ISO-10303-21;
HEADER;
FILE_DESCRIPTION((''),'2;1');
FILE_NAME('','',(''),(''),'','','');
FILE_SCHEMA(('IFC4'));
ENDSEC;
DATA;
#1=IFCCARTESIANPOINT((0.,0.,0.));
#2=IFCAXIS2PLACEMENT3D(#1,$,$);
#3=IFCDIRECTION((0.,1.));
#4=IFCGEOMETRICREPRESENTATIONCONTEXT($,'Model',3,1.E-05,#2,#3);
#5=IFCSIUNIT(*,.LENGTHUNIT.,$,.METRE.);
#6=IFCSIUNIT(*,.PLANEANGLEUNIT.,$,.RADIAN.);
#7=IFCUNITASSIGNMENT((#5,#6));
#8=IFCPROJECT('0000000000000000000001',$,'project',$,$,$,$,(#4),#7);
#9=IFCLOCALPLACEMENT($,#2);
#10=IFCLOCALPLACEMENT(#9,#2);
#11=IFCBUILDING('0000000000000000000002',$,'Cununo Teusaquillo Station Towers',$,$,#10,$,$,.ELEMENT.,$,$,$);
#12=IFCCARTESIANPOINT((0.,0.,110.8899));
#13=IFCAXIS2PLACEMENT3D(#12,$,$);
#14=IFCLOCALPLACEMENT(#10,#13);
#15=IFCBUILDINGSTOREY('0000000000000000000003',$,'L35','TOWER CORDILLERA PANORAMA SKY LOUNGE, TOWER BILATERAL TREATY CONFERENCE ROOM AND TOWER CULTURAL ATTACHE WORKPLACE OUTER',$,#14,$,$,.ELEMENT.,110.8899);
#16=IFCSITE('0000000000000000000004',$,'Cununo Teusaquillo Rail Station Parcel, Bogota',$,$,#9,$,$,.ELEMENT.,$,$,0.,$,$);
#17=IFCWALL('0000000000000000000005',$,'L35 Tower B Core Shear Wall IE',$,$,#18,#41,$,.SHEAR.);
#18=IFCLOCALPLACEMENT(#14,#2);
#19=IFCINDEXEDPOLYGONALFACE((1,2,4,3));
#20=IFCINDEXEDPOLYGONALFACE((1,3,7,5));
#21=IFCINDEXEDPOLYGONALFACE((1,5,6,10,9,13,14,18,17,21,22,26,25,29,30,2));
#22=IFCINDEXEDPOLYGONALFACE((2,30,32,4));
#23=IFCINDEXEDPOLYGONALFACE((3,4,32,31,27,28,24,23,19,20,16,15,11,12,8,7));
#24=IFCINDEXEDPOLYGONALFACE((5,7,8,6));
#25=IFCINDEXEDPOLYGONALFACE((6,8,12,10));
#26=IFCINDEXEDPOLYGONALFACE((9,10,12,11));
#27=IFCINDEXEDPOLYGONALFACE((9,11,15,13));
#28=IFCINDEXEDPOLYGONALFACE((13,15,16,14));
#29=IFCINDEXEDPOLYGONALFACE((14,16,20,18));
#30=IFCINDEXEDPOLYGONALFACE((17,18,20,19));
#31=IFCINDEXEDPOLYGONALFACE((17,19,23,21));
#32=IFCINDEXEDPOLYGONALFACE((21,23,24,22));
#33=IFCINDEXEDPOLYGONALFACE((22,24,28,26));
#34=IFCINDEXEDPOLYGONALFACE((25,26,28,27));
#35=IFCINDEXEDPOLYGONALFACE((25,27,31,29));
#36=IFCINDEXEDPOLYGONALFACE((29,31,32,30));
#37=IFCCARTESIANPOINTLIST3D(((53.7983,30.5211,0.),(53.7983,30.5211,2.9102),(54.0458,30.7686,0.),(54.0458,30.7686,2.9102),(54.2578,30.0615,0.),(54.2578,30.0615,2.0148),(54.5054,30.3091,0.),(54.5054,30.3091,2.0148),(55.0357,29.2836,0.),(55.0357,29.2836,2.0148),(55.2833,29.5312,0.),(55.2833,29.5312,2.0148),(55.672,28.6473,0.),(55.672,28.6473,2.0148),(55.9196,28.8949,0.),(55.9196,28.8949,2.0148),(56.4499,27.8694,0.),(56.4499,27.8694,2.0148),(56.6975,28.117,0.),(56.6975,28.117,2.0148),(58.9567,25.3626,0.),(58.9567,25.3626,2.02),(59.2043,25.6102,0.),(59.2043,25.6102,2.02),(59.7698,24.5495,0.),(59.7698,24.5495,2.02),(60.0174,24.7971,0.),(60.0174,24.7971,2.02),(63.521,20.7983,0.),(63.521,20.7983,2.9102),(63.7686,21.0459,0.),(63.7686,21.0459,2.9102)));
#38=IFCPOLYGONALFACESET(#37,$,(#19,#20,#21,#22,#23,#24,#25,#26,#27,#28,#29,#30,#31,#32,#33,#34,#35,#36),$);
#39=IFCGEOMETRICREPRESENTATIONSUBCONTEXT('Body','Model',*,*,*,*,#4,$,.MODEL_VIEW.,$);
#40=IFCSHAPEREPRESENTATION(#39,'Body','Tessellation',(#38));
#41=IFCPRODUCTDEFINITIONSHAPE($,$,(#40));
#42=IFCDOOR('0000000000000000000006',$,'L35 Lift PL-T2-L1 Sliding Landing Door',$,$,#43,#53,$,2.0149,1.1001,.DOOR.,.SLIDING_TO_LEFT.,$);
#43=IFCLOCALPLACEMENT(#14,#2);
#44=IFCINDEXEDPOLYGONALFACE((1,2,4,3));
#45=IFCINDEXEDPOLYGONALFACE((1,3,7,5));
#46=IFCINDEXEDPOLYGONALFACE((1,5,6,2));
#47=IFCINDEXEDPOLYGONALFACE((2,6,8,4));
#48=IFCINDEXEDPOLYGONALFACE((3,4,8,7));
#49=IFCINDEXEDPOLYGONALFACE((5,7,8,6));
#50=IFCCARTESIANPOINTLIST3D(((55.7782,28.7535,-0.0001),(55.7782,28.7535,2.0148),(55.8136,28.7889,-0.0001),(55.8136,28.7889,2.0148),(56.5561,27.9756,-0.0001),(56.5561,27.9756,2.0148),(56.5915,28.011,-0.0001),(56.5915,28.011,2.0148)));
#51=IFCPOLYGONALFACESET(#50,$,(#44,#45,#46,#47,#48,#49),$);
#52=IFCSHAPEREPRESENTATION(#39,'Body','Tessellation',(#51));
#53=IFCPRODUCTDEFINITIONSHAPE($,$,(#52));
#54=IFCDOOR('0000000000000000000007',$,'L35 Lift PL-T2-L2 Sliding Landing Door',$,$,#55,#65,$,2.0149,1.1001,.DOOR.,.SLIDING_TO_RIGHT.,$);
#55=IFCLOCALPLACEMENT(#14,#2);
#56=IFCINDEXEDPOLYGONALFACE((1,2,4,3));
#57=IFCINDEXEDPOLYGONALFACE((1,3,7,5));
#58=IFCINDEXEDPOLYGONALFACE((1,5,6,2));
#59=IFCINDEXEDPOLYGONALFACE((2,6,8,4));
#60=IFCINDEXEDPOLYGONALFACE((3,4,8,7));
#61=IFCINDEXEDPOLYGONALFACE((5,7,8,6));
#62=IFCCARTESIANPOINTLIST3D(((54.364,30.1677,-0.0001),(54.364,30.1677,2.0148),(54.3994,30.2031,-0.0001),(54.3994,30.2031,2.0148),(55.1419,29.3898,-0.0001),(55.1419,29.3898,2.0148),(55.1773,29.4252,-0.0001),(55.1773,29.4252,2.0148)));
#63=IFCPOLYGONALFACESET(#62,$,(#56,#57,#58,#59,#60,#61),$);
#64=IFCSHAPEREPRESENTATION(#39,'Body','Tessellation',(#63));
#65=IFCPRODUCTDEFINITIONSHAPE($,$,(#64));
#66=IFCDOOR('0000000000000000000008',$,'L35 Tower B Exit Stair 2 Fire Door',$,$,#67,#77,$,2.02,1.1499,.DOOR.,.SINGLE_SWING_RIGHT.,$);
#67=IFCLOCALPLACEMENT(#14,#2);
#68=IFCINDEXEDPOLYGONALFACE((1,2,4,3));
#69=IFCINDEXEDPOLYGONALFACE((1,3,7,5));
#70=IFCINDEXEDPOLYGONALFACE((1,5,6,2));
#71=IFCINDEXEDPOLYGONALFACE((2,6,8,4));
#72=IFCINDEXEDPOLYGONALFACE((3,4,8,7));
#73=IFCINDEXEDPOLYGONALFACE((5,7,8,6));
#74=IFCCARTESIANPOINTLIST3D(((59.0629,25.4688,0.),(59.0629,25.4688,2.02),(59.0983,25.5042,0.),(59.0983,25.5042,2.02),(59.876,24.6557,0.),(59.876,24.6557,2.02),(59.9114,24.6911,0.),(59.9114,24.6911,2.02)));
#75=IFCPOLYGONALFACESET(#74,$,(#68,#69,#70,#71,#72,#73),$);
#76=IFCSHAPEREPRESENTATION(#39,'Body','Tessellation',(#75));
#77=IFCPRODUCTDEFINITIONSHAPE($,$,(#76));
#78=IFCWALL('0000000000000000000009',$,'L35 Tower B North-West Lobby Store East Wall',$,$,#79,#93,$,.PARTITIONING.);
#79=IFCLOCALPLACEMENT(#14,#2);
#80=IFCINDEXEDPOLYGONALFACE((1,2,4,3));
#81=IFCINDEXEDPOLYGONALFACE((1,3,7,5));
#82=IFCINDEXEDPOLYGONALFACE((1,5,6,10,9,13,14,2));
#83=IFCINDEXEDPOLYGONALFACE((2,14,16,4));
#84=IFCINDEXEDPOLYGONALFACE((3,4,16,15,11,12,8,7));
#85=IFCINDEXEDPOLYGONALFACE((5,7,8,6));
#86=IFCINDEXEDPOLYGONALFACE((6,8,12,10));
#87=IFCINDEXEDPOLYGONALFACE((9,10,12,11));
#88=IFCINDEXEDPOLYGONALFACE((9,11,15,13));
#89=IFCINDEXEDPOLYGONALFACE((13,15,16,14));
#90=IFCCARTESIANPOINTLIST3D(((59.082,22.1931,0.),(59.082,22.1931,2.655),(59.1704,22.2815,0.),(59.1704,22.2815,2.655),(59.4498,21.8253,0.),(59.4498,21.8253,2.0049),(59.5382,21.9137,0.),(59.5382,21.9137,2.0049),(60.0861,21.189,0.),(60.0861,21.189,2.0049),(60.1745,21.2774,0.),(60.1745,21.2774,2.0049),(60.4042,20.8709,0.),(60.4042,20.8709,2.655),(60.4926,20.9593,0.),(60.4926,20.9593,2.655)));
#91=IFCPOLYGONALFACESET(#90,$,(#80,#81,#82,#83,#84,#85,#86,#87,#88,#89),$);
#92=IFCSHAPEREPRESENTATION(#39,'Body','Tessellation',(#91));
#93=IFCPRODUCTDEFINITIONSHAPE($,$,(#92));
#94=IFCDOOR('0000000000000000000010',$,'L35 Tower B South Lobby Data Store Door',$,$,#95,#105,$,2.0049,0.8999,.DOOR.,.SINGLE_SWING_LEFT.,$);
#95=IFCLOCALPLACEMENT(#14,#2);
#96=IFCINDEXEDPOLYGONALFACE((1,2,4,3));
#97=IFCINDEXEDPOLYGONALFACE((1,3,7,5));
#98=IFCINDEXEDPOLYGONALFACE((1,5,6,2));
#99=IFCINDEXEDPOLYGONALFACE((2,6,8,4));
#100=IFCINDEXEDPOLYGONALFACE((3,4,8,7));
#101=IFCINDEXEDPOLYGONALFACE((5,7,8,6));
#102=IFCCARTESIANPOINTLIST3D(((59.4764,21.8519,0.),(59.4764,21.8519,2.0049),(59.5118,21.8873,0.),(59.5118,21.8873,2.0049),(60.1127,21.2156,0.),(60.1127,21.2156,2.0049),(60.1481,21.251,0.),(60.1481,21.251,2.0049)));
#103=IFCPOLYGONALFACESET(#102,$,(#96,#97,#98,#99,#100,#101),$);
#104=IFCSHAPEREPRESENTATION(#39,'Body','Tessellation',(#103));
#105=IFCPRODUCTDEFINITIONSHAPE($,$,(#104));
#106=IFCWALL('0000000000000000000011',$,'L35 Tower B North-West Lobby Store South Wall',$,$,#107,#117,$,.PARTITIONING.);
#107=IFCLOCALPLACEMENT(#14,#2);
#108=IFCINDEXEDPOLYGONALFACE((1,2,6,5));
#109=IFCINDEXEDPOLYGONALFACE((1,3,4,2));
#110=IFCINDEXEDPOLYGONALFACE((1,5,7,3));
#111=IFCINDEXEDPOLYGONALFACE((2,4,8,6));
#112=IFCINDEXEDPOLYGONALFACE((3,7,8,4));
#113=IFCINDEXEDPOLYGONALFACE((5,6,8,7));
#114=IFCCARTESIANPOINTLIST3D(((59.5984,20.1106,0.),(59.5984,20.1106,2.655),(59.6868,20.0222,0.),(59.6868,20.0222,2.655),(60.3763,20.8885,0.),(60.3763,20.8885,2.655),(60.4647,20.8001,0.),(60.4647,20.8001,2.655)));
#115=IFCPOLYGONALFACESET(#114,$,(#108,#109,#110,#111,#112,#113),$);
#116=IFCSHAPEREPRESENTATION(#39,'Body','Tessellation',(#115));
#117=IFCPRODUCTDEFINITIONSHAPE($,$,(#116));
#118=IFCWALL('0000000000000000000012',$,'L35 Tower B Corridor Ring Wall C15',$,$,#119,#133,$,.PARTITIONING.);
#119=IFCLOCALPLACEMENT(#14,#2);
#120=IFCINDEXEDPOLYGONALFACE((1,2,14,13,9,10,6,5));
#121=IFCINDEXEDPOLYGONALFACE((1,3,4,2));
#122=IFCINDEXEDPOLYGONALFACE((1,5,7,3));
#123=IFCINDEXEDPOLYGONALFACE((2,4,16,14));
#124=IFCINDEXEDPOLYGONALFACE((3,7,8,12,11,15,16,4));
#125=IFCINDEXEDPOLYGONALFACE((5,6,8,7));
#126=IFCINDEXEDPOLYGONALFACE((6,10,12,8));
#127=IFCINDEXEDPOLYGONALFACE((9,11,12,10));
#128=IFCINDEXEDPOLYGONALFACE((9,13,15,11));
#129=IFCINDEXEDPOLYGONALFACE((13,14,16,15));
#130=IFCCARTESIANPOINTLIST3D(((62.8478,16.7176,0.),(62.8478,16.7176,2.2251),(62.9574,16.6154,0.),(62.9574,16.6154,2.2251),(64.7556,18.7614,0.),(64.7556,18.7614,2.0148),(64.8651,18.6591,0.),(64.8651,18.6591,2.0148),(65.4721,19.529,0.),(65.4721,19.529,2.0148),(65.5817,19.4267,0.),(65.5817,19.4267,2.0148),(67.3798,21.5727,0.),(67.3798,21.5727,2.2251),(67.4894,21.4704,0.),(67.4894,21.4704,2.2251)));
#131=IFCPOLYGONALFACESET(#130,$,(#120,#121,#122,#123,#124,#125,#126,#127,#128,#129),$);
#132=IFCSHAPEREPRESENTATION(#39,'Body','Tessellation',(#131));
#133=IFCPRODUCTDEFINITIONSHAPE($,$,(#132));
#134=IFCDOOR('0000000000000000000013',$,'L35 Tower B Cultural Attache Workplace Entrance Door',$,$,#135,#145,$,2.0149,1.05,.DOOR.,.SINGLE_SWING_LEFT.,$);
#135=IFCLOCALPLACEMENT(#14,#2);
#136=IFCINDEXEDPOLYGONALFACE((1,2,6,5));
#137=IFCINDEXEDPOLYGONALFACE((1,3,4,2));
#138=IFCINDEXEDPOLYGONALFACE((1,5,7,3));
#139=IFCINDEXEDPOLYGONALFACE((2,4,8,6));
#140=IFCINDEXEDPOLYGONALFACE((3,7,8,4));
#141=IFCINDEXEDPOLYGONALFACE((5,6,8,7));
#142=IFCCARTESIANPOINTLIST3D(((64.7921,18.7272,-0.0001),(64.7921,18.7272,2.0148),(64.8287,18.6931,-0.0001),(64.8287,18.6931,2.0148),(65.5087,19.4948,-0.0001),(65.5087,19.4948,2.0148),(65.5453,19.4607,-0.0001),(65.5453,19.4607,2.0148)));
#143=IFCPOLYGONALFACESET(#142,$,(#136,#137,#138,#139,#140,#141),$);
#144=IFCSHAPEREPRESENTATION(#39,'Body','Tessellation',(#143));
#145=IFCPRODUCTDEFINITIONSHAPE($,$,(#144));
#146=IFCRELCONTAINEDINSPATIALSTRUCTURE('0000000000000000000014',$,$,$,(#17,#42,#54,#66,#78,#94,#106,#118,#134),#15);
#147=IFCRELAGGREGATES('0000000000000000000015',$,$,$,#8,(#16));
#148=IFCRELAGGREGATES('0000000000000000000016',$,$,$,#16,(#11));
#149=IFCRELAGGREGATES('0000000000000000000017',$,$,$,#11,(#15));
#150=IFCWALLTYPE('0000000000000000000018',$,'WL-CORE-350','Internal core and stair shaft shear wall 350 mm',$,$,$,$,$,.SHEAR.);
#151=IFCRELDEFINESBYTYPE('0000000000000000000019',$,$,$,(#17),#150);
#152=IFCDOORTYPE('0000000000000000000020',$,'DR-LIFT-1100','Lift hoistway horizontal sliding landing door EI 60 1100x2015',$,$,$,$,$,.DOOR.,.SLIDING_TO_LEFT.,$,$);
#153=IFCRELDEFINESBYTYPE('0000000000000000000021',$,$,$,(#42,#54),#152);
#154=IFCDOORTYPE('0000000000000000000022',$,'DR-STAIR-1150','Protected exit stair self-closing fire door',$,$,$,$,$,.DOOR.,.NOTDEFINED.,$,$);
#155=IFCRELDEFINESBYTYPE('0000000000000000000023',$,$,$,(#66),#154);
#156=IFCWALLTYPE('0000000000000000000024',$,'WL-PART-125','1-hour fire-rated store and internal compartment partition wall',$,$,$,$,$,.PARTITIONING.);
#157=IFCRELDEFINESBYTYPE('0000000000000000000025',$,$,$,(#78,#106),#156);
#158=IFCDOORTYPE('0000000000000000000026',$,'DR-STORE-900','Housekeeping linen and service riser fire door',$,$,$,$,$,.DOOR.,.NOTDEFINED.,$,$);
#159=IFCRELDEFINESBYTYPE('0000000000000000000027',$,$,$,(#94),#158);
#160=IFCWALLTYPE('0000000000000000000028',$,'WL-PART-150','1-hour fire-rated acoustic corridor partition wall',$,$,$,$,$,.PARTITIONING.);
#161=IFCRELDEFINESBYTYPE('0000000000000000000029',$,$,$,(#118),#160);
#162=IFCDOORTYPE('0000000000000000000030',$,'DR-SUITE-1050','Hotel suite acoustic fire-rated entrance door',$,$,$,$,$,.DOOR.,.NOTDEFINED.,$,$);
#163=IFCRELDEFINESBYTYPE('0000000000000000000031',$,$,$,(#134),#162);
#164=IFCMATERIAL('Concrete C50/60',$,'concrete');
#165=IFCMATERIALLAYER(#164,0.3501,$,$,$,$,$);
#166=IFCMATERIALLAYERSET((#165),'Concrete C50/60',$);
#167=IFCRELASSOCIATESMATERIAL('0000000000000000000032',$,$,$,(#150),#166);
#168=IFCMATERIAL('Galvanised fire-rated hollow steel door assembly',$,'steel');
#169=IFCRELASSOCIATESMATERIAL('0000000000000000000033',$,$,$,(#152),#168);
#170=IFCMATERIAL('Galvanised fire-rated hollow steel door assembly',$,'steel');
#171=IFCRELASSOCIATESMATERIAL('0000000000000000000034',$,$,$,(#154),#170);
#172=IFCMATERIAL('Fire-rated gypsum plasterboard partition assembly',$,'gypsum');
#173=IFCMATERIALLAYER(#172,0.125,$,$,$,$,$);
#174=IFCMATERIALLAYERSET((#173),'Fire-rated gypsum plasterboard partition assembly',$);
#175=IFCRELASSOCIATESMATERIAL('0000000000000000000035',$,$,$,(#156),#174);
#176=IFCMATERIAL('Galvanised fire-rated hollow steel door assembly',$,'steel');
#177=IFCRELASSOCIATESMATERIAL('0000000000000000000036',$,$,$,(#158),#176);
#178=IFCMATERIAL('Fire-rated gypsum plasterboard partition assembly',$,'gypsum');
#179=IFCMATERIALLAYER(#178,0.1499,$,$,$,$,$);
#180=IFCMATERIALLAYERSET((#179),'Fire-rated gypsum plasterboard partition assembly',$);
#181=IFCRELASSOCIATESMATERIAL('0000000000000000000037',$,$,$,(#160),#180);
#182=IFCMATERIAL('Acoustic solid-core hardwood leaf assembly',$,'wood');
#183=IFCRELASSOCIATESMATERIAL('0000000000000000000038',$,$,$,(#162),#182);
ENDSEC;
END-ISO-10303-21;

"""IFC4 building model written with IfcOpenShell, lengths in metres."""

from ifc_helpers import new_model, si_unit, direction, frame, frame_2d, origin, place, context, subcontext, project, spatial, rectangle, extrude, source, transform, mapped, material, layer, layer_set, type_object, element, fill, save


model = new_model("IFC4")

# Units and contexts
model_context = context("Model", 3, precision=1e-05, world=origin(), true_north=direction((0.0, 1.0)))
body_context = subcontext(model_context, "Body", "Model", "MODEL_VIEW")
ifc_project = project(units=[si_unit("LENGTHUNIT", "METRE"), si_unit("PLANEANGLEUNIT", "RADIAN")], contexts=[model_context])

# Site, building, storey
site_placement = place(None, origin())
site = spatial("IfcSite", under=ifc_project, at=site_placement, Name="Cununo Teusaquillo Rail Station Parcel, Bogota", CompositionType="ELEMENT", RefElevation=0.0)
building_placement = place(site_placement, origin())
building = spatial("IfcBuilding", under=site, at=building_placement, Name="Cununo Teusaquillo Station Towers", CompositionType="ELEMENT")
storey_placement = place(building_placement, frame((0.0, 0.0, 110.8899)))
storey = spatial("IfcBuildingStorey", under=building, at=storey_placement, Name="L35", Description="TOWER CORDILLERA PANORAMA SKY LOUNGE, TOWER BILATERAL TREATY CONFERENCE ROOM AND TOWER CULTURAL ATTACHE WORKPLACE OUTER", CompositionType="ELEMENT", Elevation=110.8899)

# Wall, openings, doors
ifc_material_1 = material(Name="Concrete C50/60", Category="concrete")
ifc_layer_1 = layer(ifc_material_1, 0.3501)
ifc_layer_set_1 = layer_set([ifc_layer_1], Name="Concrete C50/60")
wall_type_1 = type_object("IfcWallType", Name="WL-CORE-350", Description="Internal core and stair shaft shear wall 350 mm", PredefinedType="SHEAR", material=ifc_layer_set_1)
shared_shape_1 = source(origin(), body_context, "Body", "SweptSolid", [
    extrude(rectangle(XDim=1.1001, YDim=2.0149, at=frame_2d((0.55, 1.0073))), frame((0.0, 0.1851, 0.0), z_axis=(0.0, -1.0, 0.0), x_axis=(1.0, 0.0, 0.0)), (0.0, 0.0, 1.0), 0.3701),
])
shared_shape_2 = source(origin(), body_context, "Body", "SweptSolid", [
    extrude(rectangle(XDim=1.1499, YDim=2.02, at=frame_2d((0.575, 1.01))), frame((0.0, 0.1851, 0.0), z_axis=(0.0, -1.0, 0.0), x_axis=(1.0, 0.0, 0.0)), (0.0, 0.0, 1.0), 0.3701),
])
ifc_material_2 = material(Name="Galvanised fire-rated hollow steel door assembly", Category="steel")
door_type_1 = type_object("IfcDoorType", Name="DR-LIFT-1100", Description="Lift hoistway horizontal sliding landing door EI 60 1100x2015", OperationType="SLIDING_TO_LEFT", PredefinedType="DOOR", material=ifc_material_2)
shared_shape_3 = source(origin(), body_context, "Body", "SweptSolid", [
    extrude(rectangle(XDim=1.1001, YDim=2.0149, at=frame_2d((0.55, 1.0073))), frame((0.0, 0.0249, 0.0), z_axis=(0.0, -1.0, 0.0), x_axis=(1.0, 0.0, 0.0)), (0.0, 0.0, 1.0), 0.05),
])
ifc_material_3 = material(Name="Galvanised fire-rated hollow steel door assembly", Category="steel")
door_type_2 = type_object("IfcDoorType", Name="DR-STAIR-1150", Description="Protected exit stair self-closing fire door", OperationType="NOTDEFINED", PredefinedType="DOOR", material=ifc_material_3)
shared_shape_4 = source(origin(), body_context, "Body", "SweptSolid", [
    extrude(rectangle(XDim=1.1499, YDim=2.02, at=frame_2d((0.575, 1.01))), frame((0.0, 0.0249, 0.0), z_axis=(0.0, -1.0, 0.0), x_axis=(1.0, 0.0, 0.0)), (0.0, 0.0, 1.0), 0.05),
])
wall_1_placement = place(storey_placement, frame((63.6448, 20.9221, 0.0), z_axis=(0.0, 0.0, 1.0), x_axis=(-0.707107, 0.707107, 0.0)))
wall_1 = element("IfcWall", 1, at=wall_1_placement, inside=storey, type_object=wall_type_1, Name="L35 Tower B Core Shear Wall IE", PredefinedType="SHEAR", context=body_context, shape_type="SweptSolid", body=[
    extrude(rectangle(XDim=13.75, YDim=0.3501, at=frame_2d((6.875, 0.0))), origin(), (0.0, 0.0, 1.0), 2.9102),
])
opening_1_placement = place(wall_1_placement, frame((10.0, 0.0, 0.0)))
opening_1 = element("IfcOpeningElement", 2, at=opening_1_placement, cuts=wall_1, PredefinedType="OPENING", context=body_context, shape_type="MappedRepresentation", body=[
    mapped(shared_shape_1, transform((0.0, 0.0, 0.0), x_axis=(1.0, 0.0, 0.0), y_axis=(0.0, 1.0, 0.0), z_axis=(0.0, 0.0, 1.0), scale=1.0)),
])
opening_2_placement = place(wall_1_placement, frame((12.0, 0.0, 0.0)))
opening_2 = element("IfcOpeningElement", 3, at=opening_2_placement, cuts=wall_1, PredefinedType="OPENING", context=body_context, shape_type="MappedRepresentation", body=[
    mapped(shared_shape_1, transform((0.0, 0.0, 0.0), x_axis=(1.0, 0.0, 0.0), y_axis=(0.0, 1.0, 0.0), z_axis=(0.0, 0.0, 1.0), scale=1.0)),
])
opening_3_placement = place(wall_1_placement, frame((5.3049, 0.0, 0.0)))
opening_3 = element("IfcOpeningElement", 4, at=opening_3_placement, cuts=wall_1, PredefinedType="OPENING", context=body_context, shape_type="MappedRepresentation", body=[
    mapped(shared_shape_2, transform((0.0, 0.0, 0.0), x_axis=(1.0, 0.0, 0.0), y_axis=(0.0, 1.0, 0.0), z_axis=(0.0, 0.0, 1.0), scale=1.0)),
])
door_1_placement = place(opening_1_placement, origin())
door_1 = element("IfcDoor", 5, at=door_1_placement, inside=storey, type_object=door_type_1, Name="L35 Lift PL-T2-L1 Sliding Landing Door", OperationType="SLIDING_TO_LEFT", OverallHeight=2.0149, OverallWidth=1.1001, PredefinedType="DOOR", context=body_context, shape_type="MappedRepresentation", body=[
    mapped(shared_shape_3, transform((0.0, 0.0, 0.0), x_axis=(1.0, 0.0, 0.0), y_axis=(0.0, 1.0, 0.0), z_axis=(0.0, 0.0, 1.0), scale=1.0)),
])
fill(opening_1, door_1)
door_2_placement = place(opening_2_placement, origin())
door_2 = element("IfcDoor", 6, at=door_2_placement, inside=storey, type_object=door_type_1, Name="L35 Lift PL-T2-L2 Sliding Landing Door", OperationType="SLIDING_TO_RIGHT", OverallHeight=2.0149, OverallWidth=1.1001, PredefinedType="DOOR", context=body_context, shape_type="MappedRepresentation", body=[
    mapped(shared_shape_3, transform((0.0, 0.0, 0.0), x_axis=(1.0, 0.0, 0.0), y_axis=(0.0, 1.0, 0.0), z_axis=(0.0, 0.0, 1.0), scale=1.0)),
])
fill(opening_2, door_2)
door_3_placement = place(opening_3_placement, origin())
door_3 = element("IfcDoor", 7, at=door_3_placement, inside=storey, type_object=door_type_2, Name="L35 Tower B Exit Stair 2 Fire Door", OperationType="SINGLE_SWING_RIGHT", OverallHeight=2.02, OverallWidth=1.1499, PredefinedType="DOOR", context=body_context, shape_type="MappedRepresentation", body=[
    mapped(shared_shape_4, transform((0.0, 0.0, 0.0), x_axis=(1.0, 0.0, 0.0), y_axis=(0.0, 1.0, 0.0), z_axis=(0.0, 0.0, 1.0), scale=1.0)),
])
fill(opening_3, door_3)

# Wall, opening, door
ifc_material_4 = material(Name="Fire-rated gypsum plasterboard partition assembly", Category="gypsum")
ifc_layer_2 = layer(ifc_material_4, 0.125)
ifc_layer_set_2 = layer_set([ifc_layer_2], Name="Fire-rated gypsum plasterboard partition assembly")
wall_type_2 = type_object("IfcWallType", Name="WL-PART-125", Description="1-hour fire-rated store and internal compartment partition wall", PredefinedType="PARTITIONING", material=ifc_layer_set_2)
wall_2_placement = place(storey_placement, frame((60.4485, 20.915, 0.0), z_axis=(0.0, 0.0, 1.0), x_axis=(-0.707107, 0.707107, 0.0)))
wall_2 = element("IfcWall", 8, at=wall_2_placement, inside=storey, type_object=wall_type_2, Name="L35 Tower B North-West Lobby Store East Wall", PredefinedType="PARTITIONING", context=body_context, shape_type="SweptSolid", body=[
    extrude(rectangle(XDim=1.8699, YDim=0.125, at=frame_2d((0.9351, 0.0))), origin(), (0.0, 0.0, 1.0), 2.655),
])
shared_shape_5 = source(origin(), body_context, "Body", "SweptSolid", [
    extrude(rectangle(XDim=0.8999, YDim=2.0049, at=frame_2d((0.45, 1.0024))), frame((0.0, 0.0725, 0.0), z_axis=(0.0, -1.0, 0.0), x_axis=(1.0, 0.0, 0.0)), (0.0, 0.0, 1.0), 0.145),
])
opening_4_placement = place(wall_2_placement, frame((0.45, 0.0, 0.0)))
opening_4 = element("IfcOpeningElement", 9, at=opening_4_placement, cuts=wall_2, PredefinedType="OPENING", context=body_context, shape_type="MappedRepresentation", body=[
    mapped(shared_shape_5, transform((0.0, 0.0, 0.0), x_axis=(1.0, 0.0, 0.0), y_axis=(0.0, 1.0, 0.0), z_axis=(0.0, 0.0, 1.0), scale=1.0)),
])
ifc_material_5 = material(Name="Galvanised fire-rated hollow steel door assembly", Category="steel")
door_type_3 = type_object("IfcDoorType", Name="DR-STORE-900", Description="Housekeeping linen and service riser fire door", OperationType="NOTDEFINED", PredefinedType="DOOR", material=ifc_material_5)
shared_shape_6 = source(origin(), body_context, "Body", "SweptSolid", [
    extrude(rectangle(XDim=0.8999, YDim=2.0049, at=frame_2d((0.45, 1.0024))), frame((0.0, 0.0249, 0.0), z_axis=(0.0, -1.0, 0.0), x_axis=(1.0, 0.0, 0.0)), (0.0, 0.0, 1.0), 0.05),
])
door_4_placement = place(opening_4_placement, origin())
door_4 = element("IfcDoor", 10, at=door_4_placement, inside=storey, type_object=door_type_3, Name="L35 Tower B South Lobby Data Store Door", OperationType="SINGLE_SWING_LEFT", OverallHeight=2.0049, OverallWidth=0.8999, PredefinedType="DOOR", context=body_context, shape_type="MappedRepresentation", body=[
    mapped(shared_shape_6, transform((0.0, 0.0, 0.0), x_axis=(1.0, 0.0, 0.0), y_axis=(0.0, 1.0, 0.0), z_axis=(0.0, 0.0, 1.0), scale=1.0)),
])
fill(opening_4, door_4)

# Wall
wall_3_placement = place(storey_placement, frame((59.6426, 20.0664, 0.0), z_axis=(0.0, 0.0, 1.0), x_axis=(0.707107, 0.707107, 0.0)))
element("IfcWall", 11, at=wall_3_placement, inside=storey, type_object=wall_type_2, Name="L35 Tower B North-West Lobby Store South Wall", PredefinedType="PARTITIONING", context=body_context, shape_type="SweptSolid", body=[
    extrude(rectangle(XDim=1.1001, YDim=0.125, at=frame_2d((0.55, 0.0))), origin(), (0.0, 0.0, 1.0), 2.655),
])

# Wall, opening, door
ifc_material_6 = material(Name="Fire-rated gypsum plasterboard partition assembly", Category="gypsum")
ifc_layer_3 = layer(ifc_material_6, 0.1499)
ifc_layer_set_3 = layer_set([ifc_layer_3], Name="Fire-rated gypsum plasterboard partition assembly")
wall_type_3 = type_object("IfcWallType", Name="WL-PART-150", Description="1-hour fire-rated acoustic corridor partition wall", PredefinedType="PARTITIONING", material=ifc_layer_set_3)
wall_4_placement = place(storey_placement, frame((62.9026, 16.6665, 0.0), z_axis=(0.0, 0.0, 1.0), x_axis=(0.682372, 0.731005, 0.0)))
wall_4 = element("IfcWall", 12, at=wall_4_placement, inside=storey, type_object=wall_type_3, Name="L35 Tower B Corridor Ring Wall C15", PredefinedType="PARTITIONING", context=body_context, shape_type="SweptSolid", body=[
    extrude(rectangle(XDim=6.6416, YDim=0.1499, at=frame_2d((3.3208, 0.0))), origin(), (0.0, 0.0, 1.0), 2.2251),
])
shared_shape_7 = source(origin(), body_context, "Body", "SweptSolid", [
    extrude(rectangle(XDim=1.05, YDim=2.0149, at=frame_2d((0.5249, 1.0073))), frame((0.0, 0.085, 0.0), z_axis=(0.0, -1.0, 0.0), x_axis=(1.0, 0.0, 0.0)), (0.0, 0.0, 1.0), 0.1699),
])
opening_5_placement = place(wall_4_placement, frame((2.7959, 0.0, 0.0)))
opening_5 = element("IfcOpeningElement", 13, at=opening_5_placement, cuts=wall_4, PredefinedType="OPENING", context=body_context, shape_type="MappedRepresentation", body=[
    mapped(shared_shape_7, transform((0.0, 0.0, 0.0), x_axis=(1.0, 0.0, 0.0), y_axis=(0.0, 1.0, 0.0), z_axis=(0.0, 0.0, 1.0), scale=1.0)),
])
ifc_material_7 = material(Name="Acoustic solid-core hardwood leaf assembly", Category="wood")
door_type_4 = type_object("IfcDoorType", Name="DR-SUITE-1050", Description="Hotel suite acoustic fire-rated entrance door", OperationType="NOTDEFINED", PredefinedType="DOOR", material=ifc_material_7)
shared_shape_8 = source(origin(), body_context, "Body", "SweptSolid", [
    extrude(rectangle(XDim=1.05, YDim=2.0149, at=frame_2d((0.5249, 1.0073))), frame((0.0, 0.0249, 0.0), z_axis=(0.0, -1.0, 0.0), x_axis=(1.0, 0.0, 0.0)), (0.0, 0.0, 1.0), 0.05),
])
door_5_placement = place(opening_5_placement, origin())
door_5 = element("IfcDoor", 14, at=door_5_placement, inside=storey, type_object=door_type_4, Name="L35 Tower B Cultural Attache Workplace Entrance Door", OperationType="SINGLE_SWING_LEFT", OverallHeight=2.0149, OverallWidth=1.05, PredefinedType="DOOR", context=body_context, shape_type="MappedRepresentation", body=[
    mapped(shared_shape_8, transform((0.0, 0.0, 0.0), x_axis=(1.0, 0.0, 0.0), y_axis=(0.0, 1.0, 0.0), z_axis=(0.0, 0.0, 1.0), scale=1.0)),
])
fill(opening_5, door_5)

save(model, "model.ifc")
